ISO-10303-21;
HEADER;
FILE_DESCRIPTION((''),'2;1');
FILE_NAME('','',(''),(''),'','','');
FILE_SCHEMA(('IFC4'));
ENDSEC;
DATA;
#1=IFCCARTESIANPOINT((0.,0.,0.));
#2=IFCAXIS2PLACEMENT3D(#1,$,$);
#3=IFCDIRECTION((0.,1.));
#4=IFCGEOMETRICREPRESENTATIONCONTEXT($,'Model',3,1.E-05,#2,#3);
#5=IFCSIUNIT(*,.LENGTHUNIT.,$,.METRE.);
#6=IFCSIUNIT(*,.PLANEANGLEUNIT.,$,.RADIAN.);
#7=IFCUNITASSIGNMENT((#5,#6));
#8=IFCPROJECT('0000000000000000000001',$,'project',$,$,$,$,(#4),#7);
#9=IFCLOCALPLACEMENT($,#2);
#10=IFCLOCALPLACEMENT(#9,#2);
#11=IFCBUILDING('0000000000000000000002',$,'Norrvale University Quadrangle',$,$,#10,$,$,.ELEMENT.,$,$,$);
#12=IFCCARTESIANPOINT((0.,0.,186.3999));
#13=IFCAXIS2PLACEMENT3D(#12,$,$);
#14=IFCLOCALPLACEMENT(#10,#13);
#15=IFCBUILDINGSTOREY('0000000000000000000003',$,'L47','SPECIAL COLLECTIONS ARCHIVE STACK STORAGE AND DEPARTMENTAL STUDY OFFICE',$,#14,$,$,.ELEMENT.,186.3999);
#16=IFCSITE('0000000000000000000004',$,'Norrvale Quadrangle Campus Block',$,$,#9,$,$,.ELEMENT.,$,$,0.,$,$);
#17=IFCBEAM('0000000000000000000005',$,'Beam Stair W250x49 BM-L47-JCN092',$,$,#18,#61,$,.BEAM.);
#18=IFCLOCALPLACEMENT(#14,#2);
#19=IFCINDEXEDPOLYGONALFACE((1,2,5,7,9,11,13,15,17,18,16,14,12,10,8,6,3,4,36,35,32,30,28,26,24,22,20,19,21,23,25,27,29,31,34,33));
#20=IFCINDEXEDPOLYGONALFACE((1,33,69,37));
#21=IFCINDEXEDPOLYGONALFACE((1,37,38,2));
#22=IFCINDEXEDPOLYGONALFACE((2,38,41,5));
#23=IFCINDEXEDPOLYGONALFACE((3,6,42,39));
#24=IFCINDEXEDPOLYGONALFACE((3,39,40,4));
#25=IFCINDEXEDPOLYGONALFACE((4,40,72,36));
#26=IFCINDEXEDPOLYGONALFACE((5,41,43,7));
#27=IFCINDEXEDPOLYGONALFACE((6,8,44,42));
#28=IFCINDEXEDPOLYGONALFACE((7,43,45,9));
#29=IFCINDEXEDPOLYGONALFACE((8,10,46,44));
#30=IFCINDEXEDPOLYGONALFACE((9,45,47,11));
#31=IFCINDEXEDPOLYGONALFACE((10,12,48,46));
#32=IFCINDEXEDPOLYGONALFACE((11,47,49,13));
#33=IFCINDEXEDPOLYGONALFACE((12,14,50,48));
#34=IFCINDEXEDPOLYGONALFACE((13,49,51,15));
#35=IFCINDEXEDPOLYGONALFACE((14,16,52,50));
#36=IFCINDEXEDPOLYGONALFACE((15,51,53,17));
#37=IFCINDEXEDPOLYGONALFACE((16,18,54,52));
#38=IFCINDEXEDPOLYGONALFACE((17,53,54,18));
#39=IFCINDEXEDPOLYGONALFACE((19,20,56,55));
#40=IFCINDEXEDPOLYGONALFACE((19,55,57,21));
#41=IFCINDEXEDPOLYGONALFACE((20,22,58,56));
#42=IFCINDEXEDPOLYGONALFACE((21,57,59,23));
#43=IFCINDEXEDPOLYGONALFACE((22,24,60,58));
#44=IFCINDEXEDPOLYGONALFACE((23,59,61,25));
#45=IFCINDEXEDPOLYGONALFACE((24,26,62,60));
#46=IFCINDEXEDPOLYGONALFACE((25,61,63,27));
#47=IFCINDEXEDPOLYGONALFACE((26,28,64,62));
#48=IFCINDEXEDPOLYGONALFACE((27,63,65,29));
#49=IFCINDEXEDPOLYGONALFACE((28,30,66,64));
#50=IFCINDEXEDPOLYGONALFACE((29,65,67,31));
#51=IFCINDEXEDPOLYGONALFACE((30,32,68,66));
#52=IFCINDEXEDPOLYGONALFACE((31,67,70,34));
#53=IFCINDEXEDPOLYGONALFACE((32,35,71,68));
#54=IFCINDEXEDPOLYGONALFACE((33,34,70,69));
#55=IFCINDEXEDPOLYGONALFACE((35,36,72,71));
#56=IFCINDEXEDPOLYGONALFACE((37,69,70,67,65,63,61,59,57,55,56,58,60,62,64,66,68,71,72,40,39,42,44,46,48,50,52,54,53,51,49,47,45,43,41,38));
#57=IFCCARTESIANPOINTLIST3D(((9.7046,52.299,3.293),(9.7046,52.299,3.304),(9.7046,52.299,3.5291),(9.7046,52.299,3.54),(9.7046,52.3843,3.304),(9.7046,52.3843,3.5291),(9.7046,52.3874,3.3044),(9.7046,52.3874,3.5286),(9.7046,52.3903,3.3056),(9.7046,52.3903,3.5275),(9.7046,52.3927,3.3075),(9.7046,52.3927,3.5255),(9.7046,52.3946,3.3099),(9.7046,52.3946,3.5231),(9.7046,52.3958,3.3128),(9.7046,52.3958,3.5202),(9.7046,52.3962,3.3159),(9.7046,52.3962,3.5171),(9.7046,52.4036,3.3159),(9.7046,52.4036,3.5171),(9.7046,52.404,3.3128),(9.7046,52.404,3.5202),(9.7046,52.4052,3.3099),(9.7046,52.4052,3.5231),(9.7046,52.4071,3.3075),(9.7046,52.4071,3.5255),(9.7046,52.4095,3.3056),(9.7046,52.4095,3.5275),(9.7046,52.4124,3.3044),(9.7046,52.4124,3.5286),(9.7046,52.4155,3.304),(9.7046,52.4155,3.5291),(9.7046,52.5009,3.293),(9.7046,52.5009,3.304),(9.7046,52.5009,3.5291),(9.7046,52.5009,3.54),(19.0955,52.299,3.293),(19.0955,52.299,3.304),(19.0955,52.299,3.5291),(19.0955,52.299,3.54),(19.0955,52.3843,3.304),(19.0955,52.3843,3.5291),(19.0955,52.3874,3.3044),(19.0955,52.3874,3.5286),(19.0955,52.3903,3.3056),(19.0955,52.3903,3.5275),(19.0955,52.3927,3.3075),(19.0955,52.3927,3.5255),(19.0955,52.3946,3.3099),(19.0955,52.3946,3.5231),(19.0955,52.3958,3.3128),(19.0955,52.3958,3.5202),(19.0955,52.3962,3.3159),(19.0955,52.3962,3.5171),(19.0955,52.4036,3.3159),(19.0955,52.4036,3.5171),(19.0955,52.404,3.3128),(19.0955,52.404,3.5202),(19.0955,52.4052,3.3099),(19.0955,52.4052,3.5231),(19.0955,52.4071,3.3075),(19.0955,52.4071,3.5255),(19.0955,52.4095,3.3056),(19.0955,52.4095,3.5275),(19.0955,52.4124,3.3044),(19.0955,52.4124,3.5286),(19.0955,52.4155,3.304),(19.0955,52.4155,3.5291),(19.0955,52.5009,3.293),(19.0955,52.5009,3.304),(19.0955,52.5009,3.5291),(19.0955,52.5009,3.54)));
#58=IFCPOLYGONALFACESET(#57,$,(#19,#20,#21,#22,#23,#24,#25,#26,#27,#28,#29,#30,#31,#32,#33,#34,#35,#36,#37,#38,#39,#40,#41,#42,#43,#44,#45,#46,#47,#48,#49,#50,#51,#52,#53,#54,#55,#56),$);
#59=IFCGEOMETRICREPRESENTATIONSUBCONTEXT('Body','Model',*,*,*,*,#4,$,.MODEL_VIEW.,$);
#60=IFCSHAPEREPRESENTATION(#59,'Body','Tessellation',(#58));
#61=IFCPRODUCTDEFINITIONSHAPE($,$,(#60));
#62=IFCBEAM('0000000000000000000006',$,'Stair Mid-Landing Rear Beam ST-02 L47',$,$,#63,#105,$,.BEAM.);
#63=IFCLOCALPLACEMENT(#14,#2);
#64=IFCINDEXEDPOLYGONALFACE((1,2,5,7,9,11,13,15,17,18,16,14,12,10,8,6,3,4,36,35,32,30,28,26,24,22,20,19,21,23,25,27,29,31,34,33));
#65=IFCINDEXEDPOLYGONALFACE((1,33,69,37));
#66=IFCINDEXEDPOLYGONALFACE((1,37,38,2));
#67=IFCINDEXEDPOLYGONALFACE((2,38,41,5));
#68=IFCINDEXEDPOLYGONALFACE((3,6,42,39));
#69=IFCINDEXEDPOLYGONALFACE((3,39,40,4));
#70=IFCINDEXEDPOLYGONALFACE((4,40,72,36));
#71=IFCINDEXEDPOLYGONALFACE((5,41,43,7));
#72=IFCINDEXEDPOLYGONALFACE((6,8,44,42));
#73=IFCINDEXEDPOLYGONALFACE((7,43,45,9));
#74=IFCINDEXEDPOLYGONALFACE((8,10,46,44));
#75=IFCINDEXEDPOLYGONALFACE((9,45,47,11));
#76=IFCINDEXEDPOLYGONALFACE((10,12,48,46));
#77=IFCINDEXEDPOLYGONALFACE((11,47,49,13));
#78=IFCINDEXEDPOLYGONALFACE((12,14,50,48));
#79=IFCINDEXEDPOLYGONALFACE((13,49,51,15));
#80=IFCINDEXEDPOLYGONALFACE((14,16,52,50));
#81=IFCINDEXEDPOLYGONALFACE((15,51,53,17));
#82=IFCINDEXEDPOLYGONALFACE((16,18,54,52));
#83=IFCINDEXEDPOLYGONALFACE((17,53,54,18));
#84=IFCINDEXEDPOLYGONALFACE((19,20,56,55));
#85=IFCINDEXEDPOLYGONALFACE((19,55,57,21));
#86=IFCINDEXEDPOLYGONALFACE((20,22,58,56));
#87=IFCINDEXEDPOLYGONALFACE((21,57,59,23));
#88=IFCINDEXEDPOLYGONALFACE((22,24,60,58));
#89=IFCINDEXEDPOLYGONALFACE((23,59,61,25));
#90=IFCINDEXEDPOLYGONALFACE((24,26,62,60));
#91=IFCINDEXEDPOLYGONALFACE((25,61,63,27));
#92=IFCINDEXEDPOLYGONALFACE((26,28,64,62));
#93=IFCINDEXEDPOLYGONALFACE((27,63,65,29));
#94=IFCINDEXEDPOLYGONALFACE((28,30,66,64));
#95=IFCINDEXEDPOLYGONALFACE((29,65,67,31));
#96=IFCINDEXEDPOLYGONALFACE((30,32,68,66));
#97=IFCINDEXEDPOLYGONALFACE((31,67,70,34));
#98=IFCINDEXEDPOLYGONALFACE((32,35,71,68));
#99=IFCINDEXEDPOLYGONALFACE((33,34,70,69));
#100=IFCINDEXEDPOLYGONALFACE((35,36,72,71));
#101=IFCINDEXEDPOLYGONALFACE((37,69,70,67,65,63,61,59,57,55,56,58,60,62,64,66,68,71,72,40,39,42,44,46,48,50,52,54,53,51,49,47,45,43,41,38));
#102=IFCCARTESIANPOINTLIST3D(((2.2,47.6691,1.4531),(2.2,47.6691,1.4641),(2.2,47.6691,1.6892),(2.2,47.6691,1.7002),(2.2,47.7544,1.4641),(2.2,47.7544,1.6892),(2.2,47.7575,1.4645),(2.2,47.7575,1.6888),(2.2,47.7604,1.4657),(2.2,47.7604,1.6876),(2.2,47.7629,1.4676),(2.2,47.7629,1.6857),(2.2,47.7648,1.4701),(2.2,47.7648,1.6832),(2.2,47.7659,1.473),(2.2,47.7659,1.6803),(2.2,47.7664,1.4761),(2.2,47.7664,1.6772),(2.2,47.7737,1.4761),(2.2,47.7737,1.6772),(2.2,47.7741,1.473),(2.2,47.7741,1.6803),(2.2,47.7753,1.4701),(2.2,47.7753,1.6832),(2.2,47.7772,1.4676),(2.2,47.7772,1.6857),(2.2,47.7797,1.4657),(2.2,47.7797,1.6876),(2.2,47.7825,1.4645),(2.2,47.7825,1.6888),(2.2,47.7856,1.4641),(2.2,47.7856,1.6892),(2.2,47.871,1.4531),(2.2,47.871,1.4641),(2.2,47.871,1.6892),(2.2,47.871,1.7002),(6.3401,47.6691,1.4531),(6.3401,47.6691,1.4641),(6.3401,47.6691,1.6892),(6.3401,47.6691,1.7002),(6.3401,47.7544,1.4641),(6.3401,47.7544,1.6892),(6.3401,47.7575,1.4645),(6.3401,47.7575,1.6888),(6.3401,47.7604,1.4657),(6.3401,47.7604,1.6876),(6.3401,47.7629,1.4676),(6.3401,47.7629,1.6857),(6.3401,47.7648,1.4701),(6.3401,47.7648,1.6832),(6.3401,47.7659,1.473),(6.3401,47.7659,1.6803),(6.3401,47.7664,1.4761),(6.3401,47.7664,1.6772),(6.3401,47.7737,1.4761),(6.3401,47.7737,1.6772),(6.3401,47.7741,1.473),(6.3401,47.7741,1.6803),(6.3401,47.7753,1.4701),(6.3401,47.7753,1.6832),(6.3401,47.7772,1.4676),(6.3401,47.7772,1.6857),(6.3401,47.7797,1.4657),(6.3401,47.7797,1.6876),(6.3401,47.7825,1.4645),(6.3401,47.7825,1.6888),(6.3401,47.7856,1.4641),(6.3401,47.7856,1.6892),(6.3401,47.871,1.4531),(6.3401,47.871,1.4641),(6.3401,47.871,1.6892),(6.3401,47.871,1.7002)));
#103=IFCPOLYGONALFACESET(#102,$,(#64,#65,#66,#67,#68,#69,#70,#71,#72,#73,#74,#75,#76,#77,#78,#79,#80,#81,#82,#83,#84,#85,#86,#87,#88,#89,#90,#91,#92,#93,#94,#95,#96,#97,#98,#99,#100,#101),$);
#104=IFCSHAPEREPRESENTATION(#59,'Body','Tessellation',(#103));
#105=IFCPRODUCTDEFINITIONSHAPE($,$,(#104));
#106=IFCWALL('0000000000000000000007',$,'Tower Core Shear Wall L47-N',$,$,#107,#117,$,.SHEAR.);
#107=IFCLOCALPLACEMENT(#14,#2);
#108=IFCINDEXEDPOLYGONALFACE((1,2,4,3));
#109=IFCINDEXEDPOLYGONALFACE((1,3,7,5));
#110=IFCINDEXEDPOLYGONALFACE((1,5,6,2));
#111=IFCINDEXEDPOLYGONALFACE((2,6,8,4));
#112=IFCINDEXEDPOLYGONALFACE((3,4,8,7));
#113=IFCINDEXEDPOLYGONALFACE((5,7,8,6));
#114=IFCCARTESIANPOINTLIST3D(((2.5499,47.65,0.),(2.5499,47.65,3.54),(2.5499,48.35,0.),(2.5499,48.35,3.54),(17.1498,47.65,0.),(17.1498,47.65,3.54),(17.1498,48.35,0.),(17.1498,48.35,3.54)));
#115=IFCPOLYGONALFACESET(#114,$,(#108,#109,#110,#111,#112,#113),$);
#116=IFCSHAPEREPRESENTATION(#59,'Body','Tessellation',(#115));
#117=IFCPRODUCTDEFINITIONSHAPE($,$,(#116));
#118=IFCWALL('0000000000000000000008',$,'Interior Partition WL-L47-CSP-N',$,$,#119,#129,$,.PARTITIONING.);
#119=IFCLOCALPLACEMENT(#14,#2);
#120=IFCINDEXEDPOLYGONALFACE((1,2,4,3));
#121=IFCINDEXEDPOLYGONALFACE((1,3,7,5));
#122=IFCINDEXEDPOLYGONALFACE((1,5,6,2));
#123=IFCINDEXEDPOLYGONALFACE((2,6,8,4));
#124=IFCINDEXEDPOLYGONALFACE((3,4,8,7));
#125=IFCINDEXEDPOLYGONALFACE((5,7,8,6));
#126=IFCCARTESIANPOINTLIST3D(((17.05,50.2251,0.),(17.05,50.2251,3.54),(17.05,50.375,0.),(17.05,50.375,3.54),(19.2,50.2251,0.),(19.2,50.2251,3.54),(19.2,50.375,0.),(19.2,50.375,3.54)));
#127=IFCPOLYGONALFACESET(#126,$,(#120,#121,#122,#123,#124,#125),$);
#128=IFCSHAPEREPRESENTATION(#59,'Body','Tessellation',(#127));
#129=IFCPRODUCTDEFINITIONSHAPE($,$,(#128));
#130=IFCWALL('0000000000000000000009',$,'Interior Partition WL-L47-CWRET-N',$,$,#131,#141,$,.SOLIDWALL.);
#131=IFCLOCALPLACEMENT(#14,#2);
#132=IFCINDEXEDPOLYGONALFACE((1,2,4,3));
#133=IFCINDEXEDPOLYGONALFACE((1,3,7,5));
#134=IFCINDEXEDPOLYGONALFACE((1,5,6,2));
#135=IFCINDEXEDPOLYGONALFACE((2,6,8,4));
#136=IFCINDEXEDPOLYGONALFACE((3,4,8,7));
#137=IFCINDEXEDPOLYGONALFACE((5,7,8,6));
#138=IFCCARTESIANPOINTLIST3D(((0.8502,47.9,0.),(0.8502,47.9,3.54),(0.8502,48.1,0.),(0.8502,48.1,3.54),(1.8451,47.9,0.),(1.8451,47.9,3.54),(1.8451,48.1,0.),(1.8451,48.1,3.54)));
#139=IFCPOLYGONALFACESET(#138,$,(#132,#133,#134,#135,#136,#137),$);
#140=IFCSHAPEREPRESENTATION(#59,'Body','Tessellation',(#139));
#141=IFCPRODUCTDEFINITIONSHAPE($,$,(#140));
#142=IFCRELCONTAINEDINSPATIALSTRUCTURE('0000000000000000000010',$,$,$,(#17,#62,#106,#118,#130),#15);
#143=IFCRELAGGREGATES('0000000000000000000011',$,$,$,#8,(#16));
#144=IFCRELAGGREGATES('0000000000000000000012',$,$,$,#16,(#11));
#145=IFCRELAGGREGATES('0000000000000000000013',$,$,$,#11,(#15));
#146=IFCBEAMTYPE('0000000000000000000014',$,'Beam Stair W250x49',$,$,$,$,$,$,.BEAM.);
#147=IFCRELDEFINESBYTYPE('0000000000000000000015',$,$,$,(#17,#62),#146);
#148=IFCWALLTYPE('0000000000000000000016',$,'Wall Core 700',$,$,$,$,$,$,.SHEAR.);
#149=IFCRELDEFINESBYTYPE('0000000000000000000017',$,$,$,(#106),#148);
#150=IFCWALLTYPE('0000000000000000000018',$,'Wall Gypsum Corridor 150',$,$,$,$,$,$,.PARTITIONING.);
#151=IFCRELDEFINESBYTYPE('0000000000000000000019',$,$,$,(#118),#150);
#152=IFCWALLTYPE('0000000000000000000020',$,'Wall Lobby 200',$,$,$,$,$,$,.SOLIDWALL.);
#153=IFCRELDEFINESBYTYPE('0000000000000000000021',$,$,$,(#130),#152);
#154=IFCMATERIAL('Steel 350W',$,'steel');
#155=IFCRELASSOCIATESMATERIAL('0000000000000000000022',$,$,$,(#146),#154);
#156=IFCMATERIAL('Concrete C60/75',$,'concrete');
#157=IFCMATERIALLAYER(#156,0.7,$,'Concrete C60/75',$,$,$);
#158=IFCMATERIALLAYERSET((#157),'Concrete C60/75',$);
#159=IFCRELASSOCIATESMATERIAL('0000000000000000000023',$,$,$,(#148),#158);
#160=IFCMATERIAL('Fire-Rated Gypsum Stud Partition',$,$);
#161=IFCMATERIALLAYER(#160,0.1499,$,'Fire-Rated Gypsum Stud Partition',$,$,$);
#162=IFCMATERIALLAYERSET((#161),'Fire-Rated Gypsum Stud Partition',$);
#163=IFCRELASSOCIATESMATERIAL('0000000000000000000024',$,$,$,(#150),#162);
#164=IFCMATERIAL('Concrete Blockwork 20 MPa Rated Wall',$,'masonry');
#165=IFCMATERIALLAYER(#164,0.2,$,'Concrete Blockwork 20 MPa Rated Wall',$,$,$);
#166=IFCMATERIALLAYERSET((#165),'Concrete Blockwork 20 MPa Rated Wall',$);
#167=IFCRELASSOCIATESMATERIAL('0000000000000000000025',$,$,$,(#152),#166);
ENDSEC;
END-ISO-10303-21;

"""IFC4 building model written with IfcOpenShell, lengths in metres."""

from ifc_helpers import new_model, si_unit, direction, frame, frame_2d, origin, origin_2d, place, context, subcontext, project, spatial, rectangle, i_section, extrude, material, layer, layer_set, material_profile, profile_set, type_object, element, save


model = new_model("IFC4")

# Units and contexts
model_context = context("Model", 3, precision=1e-05, world=origin(), true_north=direction((0.0, 1.0)))
body_context = subcontext(model_context, "Body", "Model", "MODEL_VIEW")
ifc_project = project(units=[si_unit("LENGTHUNIT", "METRE"), si_unit("PLANEANGLEUNIT", "RADIAN")], contexts=[model_context])

# Site, building, storey
site_placement = place(None, origin())
site = spatial("IfcSite", under=ifc_project, at=site_placement, Name="Norrvale Quadrangle Campus Block", CompositionType="ELEMENT", RefElevation=0.0)
building_placement = place(site_placement, origin())
building = spatial("IfcBuilding", under=site, at=building_placement, Name="Norrvale University Quadrangle", CompositionType="ELEMENT")
storey_placement = place(building_placement, frame((0.0, 0.0, 186.3999)))
storey = spatial("IfcBuildingStorey", under=building, at=storey_placement, Name="L47", Description="SPECIAL COLLECTIONS ARCHIVE STACK STORAGE AND DEPARTMENTAL STUDY OFFICE", CompositionType="ELEMENT", Elevation=186.3999)

# Shared definitions
ifc_material_1 = material(Name="Concrete C60/75", Category="concrete")

# Beams
ifc_material_2 = material(Name="Steel 350W", Category="steel")
ifc_material_profile_1 = material_profile(ifc_material_2, i_section(OverallWidth=0.2019, OverallDepth=0.2471, WebThickness=0.0073, FlangeThickness=0.011, FilletRadius=0.012, at=origin_2d()), Name="Steel 350W")
ifc_profile_set_1 = profile_set([ifc_material_profile_1], Name="Steel 350W")
beam_type_1 = type_object("IfcBeamType", Name="Beam Stair W250x49", PredefinedType="BEAM", material=ifc_profile_set_1)
beam_1_placement = place(storey_placement, frame((9.7046, 52.3999, 3.4165), z_axis=(1.0, 0.0, 0.0), x_axis=(0.0, 1.0, 0.0)))
element("IfcBeam", 1, at=beam_1_placement, inside=storey, type_object=beam_type_1, Name="Beam Stair W250x49 BM-L47-JCN092", PredefinedType="BEAM", context=body_context, shape_type="SweptSolid", body=[
    extrude(i_section(OverallWidth=0.2019, OverallDepth=0.2471, WebThickness=0.0073, FlangeThickness=0.011, FilletRadius=0.012, at=origin_2d()), origin(), (0.0, 0.0, 1.0), 9.3909),
])
beam_2_placement = place(storey_placement, frame((2.2, 47.77, 1.5767), z_axis=(1.0, 0.0, 0.0), x_axis=(0.0, 1.0, 0.0)))
element("IfcBeam", 2, at=beam_2_placement, inside=storey, type_object=beam_type_1, Name="Stair Mid-Landing Rear Beam ST-02 L47", PredefinedType="BEAM", context=body_context, shape_type="SweptSolid", body=[
    extrude(i_section(OverallWidth=0.2019, OverallDepth=0.2471, WebThickness=0.0073, FlangeThickness=0.011, FilletRadius=0.012, at=origin_2d()), origin(), (0.0, 0.0, 1.0), 4.1401),
])

# Walls
ifc_layer_1 = layer(ifc_material_1, 0.7, Name="Concrete C60/75")
ifc_layer_set_1 = layer_set([ifc_layer_1], Name="Concrete C60/75")
wall_type_1 = type_object("IfcWallType", Name="Wall Core 700", PredefinedType="SHEAR", material=ifc_layer_set_1)
wall_1_placement = place(storey_placement, frame((2.55, 48.0, 0.0), z_axis=(0.0, 0.0, 1.0), x_axis=(1.0, 0.0, 0.0)))
element("IfcWall", 3, at=wall_1_placement, inside=storey, type_object=wall_type_1, Name="Tower Core Shear Wall L47-N", PredefinedType="SHEAR", context=body_context, shape_type="SweptSolid", body=[
    extrude(rectangle(XDim=14.5999, YDim=0.7, at=frame_2d((7.2998, 0.0))), origin(), (0.0, 0.0, 1.0), 3.54),
])
ifc_material_3 = material(Name="Fire-Rated Gypsum Stud Partition")
ifc_layer_2 = layer(ifc_material_3, 0.1499, Name="Fire-Rated Gypsum Stud Partition")
ifc_layer_set_2 = layer_set([ifc_layer_2], Name="Fire-Rated Gypsum Stud Partition")
wall_type_2 = type_object("IfcWallType", Name="Wall Gypsum Corridor 150", PredefinedType="PARTITIONING", material=ifc_layer_set_2)
wall_2_placement = place(storey_placement, frame((17.05, 50.3, 0.0), z_axis=(0.0, 0.0, 1.0), x_axis=(1.0, 0.0, 0.0)))
element("IfcWall", 4, at=wall_2_placement, inside=storey, type_object=wall_type_2, Name="Interior Partition WL-L47-CSP-N", PredefinedType="PARTITIONING", context=body_context, shape_type="SweptSolid", body=[
    extrude(rectangle(XDim=2.1499, YDim=0.1499, at=frame_2d((1.075, 0.0))), origin(), (0.0, 0.0, 1.0), 3.54),
])
ifc_material_4 = material(Name="Concrete Blockwork 20 MPa Rated Wall", Category="masonry")
ifc_layer_3 = layer(ifc_material_4, 0.2, Name="Concrete Blockwork 20 MPa Rated Wall")
ifc_layer_set_3 = layer_set([ifc_layer_3], Name="Concrete Blockwork 20 MPa Rated Wall")
wall_type_3 = type_object("IfcWallType", Name="Wall Lobby 200", PredefinedType="SOLIDWALL", material=ifc_layer_set_3)
wall_3_placement = place(storey_placement, frame((0.8501, 48.0, 0.0), z_axis=(0.0, 0.0, 1.0), x_axis=(1.0, 0.0, 0.0)))
element("IfcWall", 5, at=wall_3_placement, inside=storey, type_object=wall_type_3, Name="Interior Partition WL-L47-CWRET-N", PredefinedType="SOLIDWALL", context=body_context, shape_type="SweptSolid", body=[
    extrude(rectangle(XDim=0.9949, YDim=0.2, at=frame_2d((0.4976, 0.0))), origin(), (0.0, 0.0, 1.0), 3.54),
])

save(model, "model.ifc")
